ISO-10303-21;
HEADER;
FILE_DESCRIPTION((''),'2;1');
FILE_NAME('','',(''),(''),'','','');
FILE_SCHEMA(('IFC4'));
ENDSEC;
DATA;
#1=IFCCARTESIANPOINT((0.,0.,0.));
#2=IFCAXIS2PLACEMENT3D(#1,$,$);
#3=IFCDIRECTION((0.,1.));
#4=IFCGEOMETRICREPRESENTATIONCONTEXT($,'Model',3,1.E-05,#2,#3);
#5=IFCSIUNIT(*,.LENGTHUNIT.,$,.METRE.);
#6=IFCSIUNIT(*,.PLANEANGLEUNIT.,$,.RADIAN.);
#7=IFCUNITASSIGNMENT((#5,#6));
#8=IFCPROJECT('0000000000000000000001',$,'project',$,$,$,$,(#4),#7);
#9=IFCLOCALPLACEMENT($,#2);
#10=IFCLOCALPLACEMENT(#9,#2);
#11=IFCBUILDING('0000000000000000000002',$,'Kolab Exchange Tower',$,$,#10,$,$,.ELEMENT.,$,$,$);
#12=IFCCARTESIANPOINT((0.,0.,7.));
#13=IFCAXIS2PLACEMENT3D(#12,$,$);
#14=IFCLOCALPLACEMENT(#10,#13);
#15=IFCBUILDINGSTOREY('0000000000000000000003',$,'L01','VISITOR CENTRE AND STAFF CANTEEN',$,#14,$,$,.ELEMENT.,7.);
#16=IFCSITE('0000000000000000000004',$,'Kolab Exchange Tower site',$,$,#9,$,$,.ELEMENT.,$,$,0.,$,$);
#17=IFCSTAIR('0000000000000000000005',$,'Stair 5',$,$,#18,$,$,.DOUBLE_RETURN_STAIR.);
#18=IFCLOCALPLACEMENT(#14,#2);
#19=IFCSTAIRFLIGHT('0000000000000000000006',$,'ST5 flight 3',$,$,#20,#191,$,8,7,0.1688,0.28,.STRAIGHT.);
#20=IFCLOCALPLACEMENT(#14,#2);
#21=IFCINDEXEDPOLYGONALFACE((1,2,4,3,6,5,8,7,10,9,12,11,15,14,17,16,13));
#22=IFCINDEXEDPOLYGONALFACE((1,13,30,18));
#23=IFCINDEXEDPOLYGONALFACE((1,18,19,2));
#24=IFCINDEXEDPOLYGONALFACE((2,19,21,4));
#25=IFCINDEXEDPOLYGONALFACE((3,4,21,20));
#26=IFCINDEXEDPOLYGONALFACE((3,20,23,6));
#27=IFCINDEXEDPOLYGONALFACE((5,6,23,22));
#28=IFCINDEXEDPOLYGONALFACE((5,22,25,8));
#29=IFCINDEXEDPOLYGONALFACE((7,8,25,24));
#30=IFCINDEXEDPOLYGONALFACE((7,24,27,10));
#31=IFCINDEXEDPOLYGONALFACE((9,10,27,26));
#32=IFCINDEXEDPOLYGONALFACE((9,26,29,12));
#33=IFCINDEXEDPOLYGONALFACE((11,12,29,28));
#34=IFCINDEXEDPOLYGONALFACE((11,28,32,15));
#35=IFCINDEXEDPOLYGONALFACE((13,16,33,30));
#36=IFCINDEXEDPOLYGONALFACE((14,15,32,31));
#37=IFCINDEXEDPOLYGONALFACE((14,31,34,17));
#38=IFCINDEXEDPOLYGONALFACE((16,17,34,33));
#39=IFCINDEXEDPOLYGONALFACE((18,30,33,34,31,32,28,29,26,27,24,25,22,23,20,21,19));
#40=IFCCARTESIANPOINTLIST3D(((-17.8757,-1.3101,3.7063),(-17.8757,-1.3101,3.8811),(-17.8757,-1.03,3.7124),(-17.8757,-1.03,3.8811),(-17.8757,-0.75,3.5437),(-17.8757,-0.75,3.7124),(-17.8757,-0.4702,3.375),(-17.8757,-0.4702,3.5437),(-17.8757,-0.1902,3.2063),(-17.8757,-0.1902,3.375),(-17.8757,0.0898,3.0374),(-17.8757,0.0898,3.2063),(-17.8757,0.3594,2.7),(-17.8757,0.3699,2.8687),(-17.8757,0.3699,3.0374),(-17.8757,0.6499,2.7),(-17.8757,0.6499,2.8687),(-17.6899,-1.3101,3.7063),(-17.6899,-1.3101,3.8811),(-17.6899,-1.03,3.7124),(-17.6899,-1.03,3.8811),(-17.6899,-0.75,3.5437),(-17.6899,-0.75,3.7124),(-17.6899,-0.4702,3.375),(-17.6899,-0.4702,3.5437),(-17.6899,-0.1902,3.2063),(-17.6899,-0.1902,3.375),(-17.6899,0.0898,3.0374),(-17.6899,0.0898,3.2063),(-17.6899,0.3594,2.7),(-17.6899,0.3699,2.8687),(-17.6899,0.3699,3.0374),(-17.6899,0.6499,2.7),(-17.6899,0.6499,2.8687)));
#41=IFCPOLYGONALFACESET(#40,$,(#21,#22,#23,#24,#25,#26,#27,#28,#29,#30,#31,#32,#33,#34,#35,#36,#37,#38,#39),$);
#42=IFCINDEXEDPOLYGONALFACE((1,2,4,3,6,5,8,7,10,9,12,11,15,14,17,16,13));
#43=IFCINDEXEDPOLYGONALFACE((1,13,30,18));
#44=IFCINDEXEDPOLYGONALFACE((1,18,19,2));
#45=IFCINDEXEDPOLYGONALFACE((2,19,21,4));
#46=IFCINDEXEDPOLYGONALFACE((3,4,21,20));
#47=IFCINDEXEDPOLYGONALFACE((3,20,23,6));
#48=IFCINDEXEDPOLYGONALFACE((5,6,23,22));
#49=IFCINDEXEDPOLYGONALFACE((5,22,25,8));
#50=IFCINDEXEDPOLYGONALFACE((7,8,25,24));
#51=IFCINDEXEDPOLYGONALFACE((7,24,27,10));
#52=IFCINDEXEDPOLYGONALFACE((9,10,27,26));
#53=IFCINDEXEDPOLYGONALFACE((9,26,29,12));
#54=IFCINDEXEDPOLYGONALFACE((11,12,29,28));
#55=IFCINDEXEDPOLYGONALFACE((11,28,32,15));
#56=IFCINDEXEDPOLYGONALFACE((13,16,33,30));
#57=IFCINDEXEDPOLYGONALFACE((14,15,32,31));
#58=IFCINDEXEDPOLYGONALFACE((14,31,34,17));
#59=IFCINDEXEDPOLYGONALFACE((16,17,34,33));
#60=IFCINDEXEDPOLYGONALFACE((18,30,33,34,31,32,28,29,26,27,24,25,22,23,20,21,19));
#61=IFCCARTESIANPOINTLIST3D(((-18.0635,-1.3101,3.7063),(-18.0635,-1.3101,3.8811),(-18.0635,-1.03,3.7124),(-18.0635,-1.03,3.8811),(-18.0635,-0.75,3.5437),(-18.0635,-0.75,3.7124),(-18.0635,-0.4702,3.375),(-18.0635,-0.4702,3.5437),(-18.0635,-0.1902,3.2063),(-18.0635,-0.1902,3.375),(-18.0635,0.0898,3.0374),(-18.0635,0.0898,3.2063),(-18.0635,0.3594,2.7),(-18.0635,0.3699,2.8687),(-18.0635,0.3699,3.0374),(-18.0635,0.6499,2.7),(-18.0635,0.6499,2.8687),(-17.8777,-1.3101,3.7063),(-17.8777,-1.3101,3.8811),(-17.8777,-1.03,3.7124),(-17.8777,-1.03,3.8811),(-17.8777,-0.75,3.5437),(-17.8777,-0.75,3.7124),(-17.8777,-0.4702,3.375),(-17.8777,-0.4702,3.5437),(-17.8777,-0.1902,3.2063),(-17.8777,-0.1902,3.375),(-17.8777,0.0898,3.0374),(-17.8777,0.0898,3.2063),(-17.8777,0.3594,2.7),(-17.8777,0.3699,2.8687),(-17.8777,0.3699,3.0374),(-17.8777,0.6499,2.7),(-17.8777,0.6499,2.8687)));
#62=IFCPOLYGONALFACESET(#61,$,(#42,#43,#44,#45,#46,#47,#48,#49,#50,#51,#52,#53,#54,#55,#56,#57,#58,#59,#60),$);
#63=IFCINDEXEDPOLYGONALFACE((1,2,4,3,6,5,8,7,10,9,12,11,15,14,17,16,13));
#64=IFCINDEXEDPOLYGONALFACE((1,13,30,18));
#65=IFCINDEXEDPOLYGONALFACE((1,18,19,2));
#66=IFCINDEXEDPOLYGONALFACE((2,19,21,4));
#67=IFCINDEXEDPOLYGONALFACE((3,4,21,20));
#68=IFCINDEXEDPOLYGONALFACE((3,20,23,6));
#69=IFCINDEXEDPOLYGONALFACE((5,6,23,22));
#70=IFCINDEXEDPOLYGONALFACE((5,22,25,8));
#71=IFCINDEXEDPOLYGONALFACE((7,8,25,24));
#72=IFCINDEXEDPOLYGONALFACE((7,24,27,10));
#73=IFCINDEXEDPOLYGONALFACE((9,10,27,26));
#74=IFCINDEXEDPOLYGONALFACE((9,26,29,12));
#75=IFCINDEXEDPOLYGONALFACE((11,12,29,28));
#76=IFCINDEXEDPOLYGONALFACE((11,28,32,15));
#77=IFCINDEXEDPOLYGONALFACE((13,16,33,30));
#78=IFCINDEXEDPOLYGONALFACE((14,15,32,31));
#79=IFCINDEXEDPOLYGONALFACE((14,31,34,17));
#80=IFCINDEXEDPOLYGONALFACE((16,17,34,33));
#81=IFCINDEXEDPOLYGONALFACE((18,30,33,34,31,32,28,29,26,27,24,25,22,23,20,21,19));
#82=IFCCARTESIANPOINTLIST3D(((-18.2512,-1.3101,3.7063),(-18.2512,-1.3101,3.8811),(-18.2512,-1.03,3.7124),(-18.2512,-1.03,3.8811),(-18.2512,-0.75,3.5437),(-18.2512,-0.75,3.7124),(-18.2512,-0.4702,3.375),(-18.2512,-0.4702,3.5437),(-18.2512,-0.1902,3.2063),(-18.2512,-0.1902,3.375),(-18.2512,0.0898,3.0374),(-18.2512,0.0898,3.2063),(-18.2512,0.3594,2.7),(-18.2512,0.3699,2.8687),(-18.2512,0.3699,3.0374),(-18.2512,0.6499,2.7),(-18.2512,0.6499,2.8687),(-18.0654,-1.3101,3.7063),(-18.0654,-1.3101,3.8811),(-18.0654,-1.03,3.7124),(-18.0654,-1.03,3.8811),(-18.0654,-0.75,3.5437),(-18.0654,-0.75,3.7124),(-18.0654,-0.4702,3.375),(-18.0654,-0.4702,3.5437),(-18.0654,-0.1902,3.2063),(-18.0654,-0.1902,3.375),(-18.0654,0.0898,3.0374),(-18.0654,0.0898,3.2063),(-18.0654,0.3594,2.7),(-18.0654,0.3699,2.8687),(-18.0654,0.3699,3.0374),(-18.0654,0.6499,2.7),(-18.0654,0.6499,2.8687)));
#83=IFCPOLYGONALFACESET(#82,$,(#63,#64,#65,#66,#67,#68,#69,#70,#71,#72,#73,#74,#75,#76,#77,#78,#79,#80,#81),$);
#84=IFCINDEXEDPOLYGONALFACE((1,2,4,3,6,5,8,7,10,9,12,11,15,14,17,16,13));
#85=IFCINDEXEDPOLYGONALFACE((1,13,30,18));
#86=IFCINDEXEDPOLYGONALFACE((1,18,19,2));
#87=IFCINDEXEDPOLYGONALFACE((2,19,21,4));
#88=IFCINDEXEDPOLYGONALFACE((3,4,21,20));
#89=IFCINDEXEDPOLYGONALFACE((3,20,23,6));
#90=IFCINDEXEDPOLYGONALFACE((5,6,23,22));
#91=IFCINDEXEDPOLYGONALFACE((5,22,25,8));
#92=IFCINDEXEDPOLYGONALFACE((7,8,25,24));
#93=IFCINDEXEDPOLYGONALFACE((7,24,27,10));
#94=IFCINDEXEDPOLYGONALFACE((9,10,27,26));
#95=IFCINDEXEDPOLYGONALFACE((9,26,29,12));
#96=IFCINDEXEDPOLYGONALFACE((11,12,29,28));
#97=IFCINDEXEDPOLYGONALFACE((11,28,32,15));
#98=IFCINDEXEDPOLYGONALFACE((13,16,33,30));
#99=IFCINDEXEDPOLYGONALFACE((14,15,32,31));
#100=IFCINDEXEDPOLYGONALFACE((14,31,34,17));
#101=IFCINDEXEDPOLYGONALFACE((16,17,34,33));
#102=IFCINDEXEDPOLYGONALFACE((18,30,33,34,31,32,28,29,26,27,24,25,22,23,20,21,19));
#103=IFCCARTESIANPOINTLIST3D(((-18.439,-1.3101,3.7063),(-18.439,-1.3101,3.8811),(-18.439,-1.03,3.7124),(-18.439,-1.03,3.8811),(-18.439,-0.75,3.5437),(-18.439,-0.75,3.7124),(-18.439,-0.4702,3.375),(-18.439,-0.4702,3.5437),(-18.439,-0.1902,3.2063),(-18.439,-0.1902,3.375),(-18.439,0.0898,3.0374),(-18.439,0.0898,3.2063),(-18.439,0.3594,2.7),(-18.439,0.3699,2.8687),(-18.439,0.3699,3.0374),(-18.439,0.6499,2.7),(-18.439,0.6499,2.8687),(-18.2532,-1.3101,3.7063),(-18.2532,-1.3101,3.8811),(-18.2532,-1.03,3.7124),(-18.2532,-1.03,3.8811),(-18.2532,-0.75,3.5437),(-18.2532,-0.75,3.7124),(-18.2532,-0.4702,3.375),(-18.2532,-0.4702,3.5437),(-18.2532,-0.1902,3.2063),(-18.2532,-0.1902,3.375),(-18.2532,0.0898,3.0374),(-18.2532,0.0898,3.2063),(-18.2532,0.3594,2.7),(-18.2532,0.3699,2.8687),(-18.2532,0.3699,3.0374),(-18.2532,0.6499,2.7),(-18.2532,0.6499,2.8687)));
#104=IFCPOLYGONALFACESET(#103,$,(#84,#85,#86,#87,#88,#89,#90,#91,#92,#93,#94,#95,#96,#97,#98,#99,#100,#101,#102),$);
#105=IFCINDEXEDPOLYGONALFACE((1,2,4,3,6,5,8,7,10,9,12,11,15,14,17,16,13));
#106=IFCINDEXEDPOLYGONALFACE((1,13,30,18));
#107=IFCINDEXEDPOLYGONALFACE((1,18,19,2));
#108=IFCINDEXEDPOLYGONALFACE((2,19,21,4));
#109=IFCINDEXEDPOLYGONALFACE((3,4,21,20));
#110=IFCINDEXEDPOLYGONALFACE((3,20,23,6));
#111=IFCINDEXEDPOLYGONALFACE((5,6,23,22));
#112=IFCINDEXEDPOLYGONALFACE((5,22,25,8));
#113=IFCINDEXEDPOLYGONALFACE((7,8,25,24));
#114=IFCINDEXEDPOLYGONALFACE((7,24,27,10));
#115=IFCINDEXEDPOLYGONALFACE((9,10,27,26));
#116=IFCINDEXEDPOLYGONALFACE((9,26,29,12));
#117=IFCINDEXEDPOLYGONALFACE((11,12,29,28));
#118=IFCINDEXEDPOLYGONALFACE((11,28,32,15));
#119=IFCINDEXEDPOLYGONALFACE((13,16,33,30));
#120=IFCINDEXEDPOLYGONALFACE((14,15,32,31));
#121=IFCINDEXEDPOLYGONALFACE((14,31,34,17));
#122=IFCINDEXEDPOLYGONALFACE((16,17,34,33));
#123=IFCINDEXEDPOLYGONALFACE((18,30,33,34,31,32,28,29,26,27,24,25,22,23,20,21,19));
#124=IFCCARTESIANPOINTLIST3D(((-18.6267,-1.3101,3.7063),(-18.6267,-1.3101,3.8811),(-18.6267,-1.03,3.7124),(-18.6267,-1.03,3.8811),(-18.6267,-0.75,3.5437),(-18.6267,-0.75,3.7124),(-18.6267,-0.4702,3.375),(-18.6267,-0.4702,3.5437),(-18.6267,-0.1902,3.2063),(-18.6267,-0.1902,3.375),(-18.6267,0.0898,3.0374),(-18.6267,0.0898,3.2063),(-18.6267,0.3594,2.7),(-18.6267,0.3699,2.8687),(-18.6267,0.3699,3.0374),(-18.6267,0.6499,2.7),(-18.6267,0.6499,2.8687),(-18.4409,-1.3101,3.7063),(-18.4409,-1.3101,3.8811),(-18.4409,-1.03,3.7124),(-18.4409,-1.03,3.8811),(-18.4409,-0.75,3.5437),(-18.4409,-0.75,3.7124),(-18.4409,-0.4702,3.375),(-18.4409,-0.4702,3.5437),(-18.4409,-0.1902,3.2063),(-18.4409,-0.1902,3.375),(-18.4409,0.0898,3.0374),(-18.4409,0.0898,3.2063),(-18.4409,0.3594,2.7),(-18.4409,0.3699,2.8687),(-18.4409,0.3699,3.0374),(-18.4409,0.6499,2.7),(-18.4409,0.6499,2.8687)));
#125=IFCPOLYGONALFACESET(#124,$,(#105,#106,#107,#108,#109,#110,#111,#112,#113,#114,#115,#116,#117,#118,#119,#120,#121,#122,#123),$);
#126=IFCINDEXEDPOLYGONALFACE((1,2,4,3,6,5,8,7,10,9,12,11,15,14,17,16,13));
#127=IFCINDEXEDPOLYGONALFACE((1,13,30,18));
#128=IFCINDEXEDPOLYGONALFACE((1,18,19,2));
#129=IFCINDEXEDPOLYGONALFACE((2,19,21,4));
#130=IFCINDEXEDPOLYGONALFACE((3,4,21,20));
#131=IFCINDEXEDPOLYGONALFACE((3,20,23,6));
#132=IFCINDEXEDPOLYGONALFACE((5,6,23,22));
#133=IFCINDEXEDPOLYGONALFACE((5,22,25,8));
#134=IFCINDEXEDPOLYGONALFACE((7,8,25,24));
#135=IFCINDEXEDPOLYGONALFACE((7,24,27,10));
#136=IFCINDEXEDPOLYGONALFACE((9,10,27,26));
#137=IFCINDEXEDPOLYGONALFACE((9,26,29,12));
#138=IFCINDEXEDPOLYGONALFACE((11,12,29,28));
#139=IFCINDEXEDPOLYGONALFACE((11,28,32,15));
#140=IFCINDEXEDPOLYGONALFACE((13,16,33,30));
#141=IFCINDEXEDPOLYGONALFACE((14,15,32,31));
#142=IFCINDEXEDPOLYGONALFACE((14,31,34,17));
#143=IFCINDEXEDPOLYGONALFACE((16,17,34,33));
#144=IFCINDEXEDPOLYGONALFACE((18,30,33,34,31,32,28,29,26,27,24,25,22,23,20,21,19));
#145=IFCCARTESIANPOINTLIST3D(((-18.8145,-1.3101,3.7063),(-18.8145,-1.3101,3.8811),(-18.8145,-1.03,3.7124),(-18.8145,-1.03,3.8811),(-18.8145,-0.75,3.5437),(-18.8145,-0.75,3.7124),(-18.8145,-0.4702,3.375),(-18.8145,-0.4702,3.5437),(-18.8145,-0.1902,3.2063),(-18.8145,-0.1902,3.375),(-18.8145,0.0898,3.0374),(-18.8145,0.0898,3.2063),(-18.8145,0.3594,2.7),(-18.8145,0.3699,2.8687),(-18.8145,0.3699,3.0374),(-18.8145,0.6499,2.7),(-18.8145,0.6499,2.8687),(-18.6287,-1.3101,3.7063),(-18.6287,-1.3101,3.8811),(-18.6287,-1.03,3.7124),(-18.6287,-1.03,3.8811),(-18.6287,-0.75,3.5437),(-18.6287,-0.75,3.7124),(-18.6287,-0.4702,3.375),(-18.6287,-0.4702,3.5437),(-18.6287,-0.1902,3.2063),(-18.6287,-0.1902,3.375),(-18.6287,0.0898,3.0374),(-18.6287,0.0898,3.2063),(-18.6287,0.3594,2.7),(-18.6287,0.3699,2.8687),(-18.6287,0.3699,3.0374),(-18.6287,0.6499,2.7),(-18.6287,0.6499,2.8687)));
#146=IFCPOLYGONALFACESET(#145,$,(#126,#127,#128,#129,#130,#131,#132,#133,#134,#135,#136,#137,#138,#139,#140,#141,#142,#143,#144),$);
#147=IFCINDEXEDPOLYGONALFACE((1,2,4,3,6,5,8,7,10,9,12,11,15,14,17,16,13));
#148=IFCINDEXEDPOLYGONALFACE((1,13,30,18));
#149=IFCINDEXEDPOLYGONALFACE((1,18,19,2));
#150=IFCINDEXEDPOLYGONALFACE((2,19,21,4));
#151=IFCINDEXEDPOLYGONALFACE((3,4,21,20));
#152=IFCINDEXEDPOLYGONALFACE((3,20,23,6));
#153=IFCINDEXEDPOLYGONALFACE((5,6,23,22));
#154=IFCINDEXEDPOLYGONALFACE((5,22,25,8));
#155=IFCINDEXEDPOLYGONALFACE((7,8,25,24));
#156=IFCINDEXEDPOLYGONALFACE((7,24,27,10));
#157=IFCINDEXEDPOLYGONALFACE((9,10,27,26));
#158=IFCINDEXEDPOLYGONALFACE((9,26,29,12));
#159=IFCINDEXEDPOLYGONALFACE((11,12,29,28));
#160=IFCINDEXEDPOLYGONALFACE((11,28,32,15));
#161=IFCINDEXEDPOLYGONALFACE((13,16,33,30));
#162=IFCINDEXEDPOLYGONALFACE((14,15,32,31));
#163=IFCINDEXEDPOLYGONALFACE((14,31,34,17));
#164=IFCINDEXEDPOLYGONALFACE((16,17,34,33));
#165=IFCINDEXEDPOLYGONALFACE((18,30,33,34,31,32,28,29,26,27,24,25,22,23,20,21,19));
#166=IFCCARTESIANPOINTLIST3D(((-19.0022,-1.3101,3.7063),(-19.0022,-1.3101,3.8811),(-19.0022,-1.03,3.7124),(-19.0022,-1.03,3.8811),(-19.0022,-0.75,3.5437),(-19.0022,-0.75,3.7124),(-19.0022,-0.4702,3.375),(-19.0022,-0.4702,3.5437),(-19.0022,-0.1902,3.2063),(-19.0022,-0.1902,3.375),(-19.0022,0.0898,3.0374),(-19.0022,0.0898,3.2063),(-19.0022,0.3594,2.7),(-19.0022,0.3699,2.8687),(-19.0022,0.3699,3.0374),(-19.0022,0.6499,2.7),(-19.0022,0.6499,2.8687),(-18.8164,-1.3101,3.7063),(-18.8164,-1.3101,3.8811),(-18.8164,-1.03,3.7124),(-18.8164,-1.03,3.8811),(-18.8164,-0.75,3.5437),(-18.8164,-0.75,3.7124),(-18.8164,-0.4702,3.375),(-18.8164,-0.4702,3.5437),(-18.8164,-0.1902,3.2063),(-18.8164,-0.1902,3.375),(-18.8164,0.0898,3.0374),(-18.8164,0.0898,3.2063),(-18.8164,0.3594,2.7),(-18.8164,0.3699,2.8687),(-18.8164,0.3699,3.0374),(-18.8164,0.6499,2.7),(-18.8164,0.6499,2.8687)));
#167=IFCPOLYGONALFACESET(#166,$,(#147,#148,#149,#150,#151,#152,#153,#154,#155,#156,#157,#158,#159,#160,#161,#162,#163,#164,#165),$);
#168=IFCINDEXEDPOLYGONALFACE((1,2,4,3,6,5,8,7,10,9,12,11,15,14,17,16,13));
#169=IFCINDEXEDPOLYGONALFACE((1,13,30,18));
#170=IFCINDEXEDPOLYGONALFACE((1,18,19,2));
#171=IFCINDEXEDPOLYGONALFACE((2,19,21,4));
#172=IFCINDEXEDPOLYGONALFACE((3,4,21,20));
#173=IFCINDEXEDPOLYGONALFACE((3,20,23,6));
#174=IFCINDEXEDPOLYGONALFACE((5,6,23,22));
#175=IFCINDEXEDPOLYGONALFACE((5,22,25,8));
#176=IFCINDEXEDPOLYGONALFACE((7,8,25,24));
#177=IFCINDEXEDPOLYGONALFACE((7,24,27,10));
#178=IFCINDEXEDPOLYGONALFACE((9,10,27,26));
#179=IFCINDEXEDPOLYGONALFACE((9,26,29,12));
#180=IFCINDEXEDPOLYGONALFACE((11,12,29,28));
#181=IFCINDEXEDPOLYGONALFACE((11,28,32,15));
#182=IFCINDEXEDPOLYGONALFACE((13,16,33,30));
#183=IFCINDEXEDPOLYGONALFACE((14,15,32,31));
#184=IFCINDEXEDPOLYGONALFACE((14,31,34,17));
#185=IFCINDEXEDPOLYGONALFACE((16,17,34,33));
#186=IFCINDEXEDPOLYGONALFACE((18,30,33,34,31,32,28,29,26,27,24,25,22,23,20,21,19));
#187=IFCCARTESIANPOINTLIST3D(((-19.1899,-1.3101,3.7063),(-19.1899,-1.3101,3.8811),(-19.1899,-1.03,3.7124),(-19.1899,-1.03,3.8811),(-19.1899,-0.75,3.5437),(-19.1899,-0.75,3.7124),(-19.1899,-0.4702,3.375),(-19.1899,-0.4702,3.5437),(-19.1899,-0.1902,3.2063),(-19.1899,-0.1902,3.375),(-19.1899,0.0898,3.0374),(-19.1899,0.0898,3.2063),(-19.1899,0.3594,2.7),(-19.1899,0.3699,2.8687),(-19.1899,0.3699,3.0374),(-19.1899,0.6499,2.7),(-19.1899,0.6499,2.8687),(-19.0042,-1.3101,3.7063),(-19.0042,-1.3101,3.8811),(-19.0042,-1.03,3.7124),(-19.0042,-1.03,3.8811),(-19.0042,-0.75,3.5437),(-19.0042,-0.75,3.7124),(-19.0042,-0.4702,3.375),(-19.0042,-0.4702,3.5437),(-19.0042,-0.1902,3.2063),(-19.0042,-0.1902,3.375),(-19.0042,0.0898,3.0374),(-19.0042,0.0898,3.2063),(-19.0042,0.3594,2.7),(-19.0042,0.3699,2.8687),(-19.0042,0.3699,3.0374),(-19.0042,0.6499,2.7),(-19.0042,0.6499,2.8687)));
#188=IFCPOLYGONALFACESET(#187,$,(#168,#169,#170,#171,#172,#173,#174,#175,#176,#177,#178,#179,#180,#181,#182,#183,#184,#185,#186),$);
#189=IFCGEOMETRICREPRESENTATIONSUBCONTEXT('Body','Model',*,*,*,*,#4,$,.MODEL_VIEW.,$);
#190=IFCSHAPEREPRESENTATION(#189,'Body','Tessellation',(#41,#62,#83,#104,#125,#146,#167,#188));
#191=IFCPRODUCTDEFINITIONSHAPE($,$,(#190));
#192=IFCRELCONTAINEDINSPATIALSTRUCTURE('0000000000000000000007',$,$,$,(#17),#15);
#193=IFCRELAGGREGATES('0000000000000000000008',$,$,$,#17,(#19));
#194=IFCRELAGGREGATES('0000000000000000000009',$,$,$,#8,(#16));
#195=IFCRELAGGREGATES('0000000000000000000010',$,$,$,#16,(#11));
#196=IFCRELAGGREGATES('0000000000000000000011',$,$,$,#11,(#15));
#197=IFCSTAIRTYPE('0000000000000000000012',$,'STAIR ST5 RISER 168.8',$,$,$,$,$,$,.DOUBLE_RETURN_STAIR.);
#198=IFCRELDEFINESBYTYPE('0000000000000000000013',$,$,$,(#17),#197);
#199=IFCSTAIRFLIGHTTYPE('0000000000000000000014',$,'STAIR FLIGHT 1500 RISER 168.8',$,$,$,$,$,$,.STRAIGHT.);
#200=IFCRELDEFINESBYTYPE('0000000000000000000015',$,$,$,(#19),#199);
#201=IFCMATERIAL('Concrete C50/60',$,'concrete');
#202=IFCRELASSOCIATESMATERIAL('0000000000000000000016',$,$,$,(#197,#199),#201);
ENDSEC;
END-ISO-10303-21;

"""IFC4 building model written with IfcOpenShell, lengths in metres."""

from ifc_helpers import new_model, si_unit, direction, frame, origin, place, context, subcontext, project, spatial, polyline, outline, extrude, material, type_object, element, aggregate, save


model = new_model("IFC4")

# Units and contexts
model_context = context("Model", 3, precision=1e-05, world=origin(), true_north=direction((0.0, 1.0)))
body_context = subcontext(model_context, "Body", "Model", "MODEL_VIEW")
ifc_project = project(units=[si_unit("LENGTHUNIT", "METRE"), si_unit("PLANEANGLEUNIT", "RADIAN")], contexts=[model_context])

# Site, building, storey
site_placement = place(None, origin())
site = spatial("IfcSite", under=ifc_project, at=site_placement, Name="Kolab Exchange Tower site", CompositionType="ELEMENT", RefElevation=0.0)
building_placement = place(site_placement, origin())
building = spatial("IfcBuilding", under=site, at=building_placement, Name="Kolab Exchange Tower", CompositionType="ELEMENT")
storey_placement = place(building_placement, frame((0.0, 0.0, 7.0)))
storey = spatial("IfcBuildingStorey", under=building, at=storey_placement, Name="L01", Description="VISITOR CENTRE AND STAFF CANTEEN", CompositionType="ELEMENT", Elevation=7.0)

# Shared definitions
ifc_material_1 = material(Name="Concrete C50/60", Category="concrete")

# Stair, stair flight
stair_type = type_object("IfcStairType", Name="STAIR ST5 RISER 168.8", PredefinedType="DOUBLE_RETURN_STAIR", material=ifc_material_1)
stair_placement = place(storey_placement, origin())
stair = element("IfcStair", 1, at=stair_placement, inside=storey, type_object=stair_type, Name="Stair 5", PredefinedType="DOUBLE_RETURN_STAIR")
stair_flight_type = type_object("IfcStairFlightType", Name="STAIR FLIGHT 1500 RISER 168.8", PredefinedType="STRAIGHT", material=ifc_material_1)
stair_flight_1_placement = place(storey_placement, frame((-18.4399, 0.6499, 2.7), z_axis=(0.0, 0.0, 1.0), x_axis=(0.0, -1.0, 0.0)))
stair_flight_1 = element("IfcStairFlight", 2, at=stair_flight_1_placement, type_object=stair_flight_type, Name="ST5 flight 3", NumberOfRisers=8, NumberOfTreads=7, PredefinedType="STRAIGHT", RiserHeight=0.1688, TreadLength=0.28, context=body_context, shape_type="SweptSolid", body=[
    extrude(outline(polyline([(0.0, 0.0), (0.0, 0.1687), (0.28, 0.1687), (0.28, 0.3374), (0.5601, 0.3374), (0.5601, 0.5063), (0.8401, 0.5063), (0.8401, 0.675), (1.1201, 0.675), (1.1201, 0.8438), (1.3999, 0.8438), (1.3999, 1.0125), (1.6799, 1.0125), (1.6799, 1.1812), (1.96, 1.1812), (1.96, 1.3501), (1.96, 1.0063), (0.2905, 0.0), (0.0, 0.0)])), frame((0.0, 0.75, 0.0), z_axis=(0.0, -1.0, 0.0), x_axis=(1.0, 0.0, 0.0)), (0.0, 0.0, 1.0), 0.1858),
    extrude(outline(polyline([(0.0, 0.0), (0.0, 0.1687), (0.28, 0.1687), (0.28, 0.3374), (0.5601, 0.3374), (0.5601, 0.5063), (0.8401, 0.5063), (0.8401, 0.675), (1.1201, 0.675), (1.1201, 0.8438), (1.3999, 0.8438), (1.3999, 1.0125), (1.6799, 1.0125), (1.6799, 1.1812), (1.96, 1.1812), (1.96, 1.3501), (1.96, 1.0063), (0.2905, 0.0), (0.0, 0.0)])), frame((0.0, 0.5623, 0.0), z_axis=(0.0, -1.0, 0.0), x_axis=(1.0, 0.0, 0.0)), (0.0, 0.0, 1.0), 0.1858),
    extrude(outline(polyline([(0.0, 0.0), (0.0, 0.1687), (0.28, 0.1687), (0.28, 0.3374), (0.5601, 0.3374), (0.5601, 0.5063), (0.8401, 0.5063), (0.8401, 0.675), (1.1201, 0.675), (1.1201, 0.8438), (1.3999, 0.8438), (1.3999, 1.0125), (1.6799, 1.0125), (1.6799, 1.1812), (1.96, 1.1812), (1.96, 1.3501), (1.96, 1.0063), (0.2905, 0.0), (0.0, 0.0)])), frame((0.0, 0.3745, 0.0), z_axis=(0.0, -1.0, 0.0), x_axis=(1.0, 0.0, 0.0)), (0.0, 0.0, 1.0), 0.1858),
    extrude(outline(polyline([(0.0, 0.0), (0.0, 0.1687), (0.28, 0.1687), (0.28, 0.3374), (0.5601, 0.3374), (0.5601, 0.5063), (0.8401, 0.5063), (0.8401, 0.675), (1.1201, 0.675), (1.1201, 0.8438), (1.3999, 0.8438), (1.3999, 1.0125), (1.6799, 1.0125), (1.6799, 1.1812), (1.96, 1.1812), (1.96, 1.3501), (1.96, 1.0063), (0.2905, 0.0), (0.0, 0.0)])), frame((0.0, 0.1868, 0.0), z_axis=(0.0, -1.0, 0.0), x_axis=(1.0, 0.0, 0.0)), (0.0, 0.0, 1.0), 0.1858),
    extrude(outline(polyline([(0.0, 0.0), (0.0, 0.1687), (0.28, 0.1687), (0.28, 0.3374), (0.5601, 0.3374), (0.5601, 0.5063), (0.8401, 0.5063), (0.8401, 0.675), (1.1201, 0.675), (1.1201, 0.8438), (1.3999, 0.8438), (1.3999, 1.0125), (1.6799, 1.0125), (1.6799, 1.1812), (1.96, 1.1812), (1.96, 1.3501), (1.96, 1.0063), (0.2905, 0.0), (0.0, 0.0)])), frame((0.0, -0.001, 0.0), z_axis=(0.0, -1.0, 0.0), x_axis=(1.0, 0.0, 0.0)), (0.0, 0.0, 1.0), 0.1858),
    extrude(outline(polyline([(0.0, 0.0), (0.0, 0.1687), (0.28, 0.1687), (0.28, 0.3374), (0.5601, 0.3374), (0.5601, 0.5063), (0.8401, 0.5063), (0.8401, 0.675), (1.1201, 0.675), (1.1201, 0.8438), (1.3999, 0.8438), (1.3999, 1.0125), (1.6799, 1.0125), (1.6799, 1.1812), (1.96, 1.1812), (1.96, 1.3501), (1.96, 1.0063), (0.2905, 0.0), (0.0, 0.0)])), frame((0.0, -0.1887, 0.0), z_axis=(0.0, -1.0, 0.0), x_axis=(1.0, 0.0, 0.0)), (0.0, 0.0, 1.0), 0.1858),
    extrude(outline(polyline([(0.0, 0.0), (0.0, 0.1687), (0.28, 0.1687), (0.28, 0.3374), (0.5601, 0.3374), (0.5601, 0.5063), (0.8401, 0.5063), (0.8401, 0.675), (1.1201, 0.675), (1.1201, 0.8438), (1.3999, 0.8438), (1.3999, 1.0125), (1.6799, 1.0125), (1.6799, 1.1812), (1.96, 1.1812), (1.96, 1.3501), (1.96, 1.0063), (0.2905, 0.0), (0.0, 0.0)])), frame((0.0, -0.3765, 0.0), z_axis=(0.0, -1.0, 0.0), x_axis=(1.0, 0.0, 0.0)), (0.0, 0.0, 1.0), 0.1858),
    extrude(outline(polyline([(0.0, 0.0), (0.0, 0.1687), (0.28, 0.1687), (0.28, 0.3374), (0.5601, 0.3374), (0.5601, 0.5063), (0.8401, 0.5063), (0.8401, 0.675), (1.1201, 0.675), (1.1201, 0.8438), (1.3999, 0.8438), (1.3999, 1.0125), (1.6799, 1.0125), (1.6799, 1.1812), (1.96, 1.1812), (1.96, 1.3501), (1.96, 1.0063), (0.2905, 0.0), (0.0, 0.0)])), frame((0.0, -0.5642, 0.0), z_axis=(0.0, -1.0, 0.0), x_axis=(1.0, 0.0, 0.0)), (0.0, 0.0, 1.0), 0.1858),
])
aggregate(stair, [stair_flight_1])

save(model, "model.ifc")
